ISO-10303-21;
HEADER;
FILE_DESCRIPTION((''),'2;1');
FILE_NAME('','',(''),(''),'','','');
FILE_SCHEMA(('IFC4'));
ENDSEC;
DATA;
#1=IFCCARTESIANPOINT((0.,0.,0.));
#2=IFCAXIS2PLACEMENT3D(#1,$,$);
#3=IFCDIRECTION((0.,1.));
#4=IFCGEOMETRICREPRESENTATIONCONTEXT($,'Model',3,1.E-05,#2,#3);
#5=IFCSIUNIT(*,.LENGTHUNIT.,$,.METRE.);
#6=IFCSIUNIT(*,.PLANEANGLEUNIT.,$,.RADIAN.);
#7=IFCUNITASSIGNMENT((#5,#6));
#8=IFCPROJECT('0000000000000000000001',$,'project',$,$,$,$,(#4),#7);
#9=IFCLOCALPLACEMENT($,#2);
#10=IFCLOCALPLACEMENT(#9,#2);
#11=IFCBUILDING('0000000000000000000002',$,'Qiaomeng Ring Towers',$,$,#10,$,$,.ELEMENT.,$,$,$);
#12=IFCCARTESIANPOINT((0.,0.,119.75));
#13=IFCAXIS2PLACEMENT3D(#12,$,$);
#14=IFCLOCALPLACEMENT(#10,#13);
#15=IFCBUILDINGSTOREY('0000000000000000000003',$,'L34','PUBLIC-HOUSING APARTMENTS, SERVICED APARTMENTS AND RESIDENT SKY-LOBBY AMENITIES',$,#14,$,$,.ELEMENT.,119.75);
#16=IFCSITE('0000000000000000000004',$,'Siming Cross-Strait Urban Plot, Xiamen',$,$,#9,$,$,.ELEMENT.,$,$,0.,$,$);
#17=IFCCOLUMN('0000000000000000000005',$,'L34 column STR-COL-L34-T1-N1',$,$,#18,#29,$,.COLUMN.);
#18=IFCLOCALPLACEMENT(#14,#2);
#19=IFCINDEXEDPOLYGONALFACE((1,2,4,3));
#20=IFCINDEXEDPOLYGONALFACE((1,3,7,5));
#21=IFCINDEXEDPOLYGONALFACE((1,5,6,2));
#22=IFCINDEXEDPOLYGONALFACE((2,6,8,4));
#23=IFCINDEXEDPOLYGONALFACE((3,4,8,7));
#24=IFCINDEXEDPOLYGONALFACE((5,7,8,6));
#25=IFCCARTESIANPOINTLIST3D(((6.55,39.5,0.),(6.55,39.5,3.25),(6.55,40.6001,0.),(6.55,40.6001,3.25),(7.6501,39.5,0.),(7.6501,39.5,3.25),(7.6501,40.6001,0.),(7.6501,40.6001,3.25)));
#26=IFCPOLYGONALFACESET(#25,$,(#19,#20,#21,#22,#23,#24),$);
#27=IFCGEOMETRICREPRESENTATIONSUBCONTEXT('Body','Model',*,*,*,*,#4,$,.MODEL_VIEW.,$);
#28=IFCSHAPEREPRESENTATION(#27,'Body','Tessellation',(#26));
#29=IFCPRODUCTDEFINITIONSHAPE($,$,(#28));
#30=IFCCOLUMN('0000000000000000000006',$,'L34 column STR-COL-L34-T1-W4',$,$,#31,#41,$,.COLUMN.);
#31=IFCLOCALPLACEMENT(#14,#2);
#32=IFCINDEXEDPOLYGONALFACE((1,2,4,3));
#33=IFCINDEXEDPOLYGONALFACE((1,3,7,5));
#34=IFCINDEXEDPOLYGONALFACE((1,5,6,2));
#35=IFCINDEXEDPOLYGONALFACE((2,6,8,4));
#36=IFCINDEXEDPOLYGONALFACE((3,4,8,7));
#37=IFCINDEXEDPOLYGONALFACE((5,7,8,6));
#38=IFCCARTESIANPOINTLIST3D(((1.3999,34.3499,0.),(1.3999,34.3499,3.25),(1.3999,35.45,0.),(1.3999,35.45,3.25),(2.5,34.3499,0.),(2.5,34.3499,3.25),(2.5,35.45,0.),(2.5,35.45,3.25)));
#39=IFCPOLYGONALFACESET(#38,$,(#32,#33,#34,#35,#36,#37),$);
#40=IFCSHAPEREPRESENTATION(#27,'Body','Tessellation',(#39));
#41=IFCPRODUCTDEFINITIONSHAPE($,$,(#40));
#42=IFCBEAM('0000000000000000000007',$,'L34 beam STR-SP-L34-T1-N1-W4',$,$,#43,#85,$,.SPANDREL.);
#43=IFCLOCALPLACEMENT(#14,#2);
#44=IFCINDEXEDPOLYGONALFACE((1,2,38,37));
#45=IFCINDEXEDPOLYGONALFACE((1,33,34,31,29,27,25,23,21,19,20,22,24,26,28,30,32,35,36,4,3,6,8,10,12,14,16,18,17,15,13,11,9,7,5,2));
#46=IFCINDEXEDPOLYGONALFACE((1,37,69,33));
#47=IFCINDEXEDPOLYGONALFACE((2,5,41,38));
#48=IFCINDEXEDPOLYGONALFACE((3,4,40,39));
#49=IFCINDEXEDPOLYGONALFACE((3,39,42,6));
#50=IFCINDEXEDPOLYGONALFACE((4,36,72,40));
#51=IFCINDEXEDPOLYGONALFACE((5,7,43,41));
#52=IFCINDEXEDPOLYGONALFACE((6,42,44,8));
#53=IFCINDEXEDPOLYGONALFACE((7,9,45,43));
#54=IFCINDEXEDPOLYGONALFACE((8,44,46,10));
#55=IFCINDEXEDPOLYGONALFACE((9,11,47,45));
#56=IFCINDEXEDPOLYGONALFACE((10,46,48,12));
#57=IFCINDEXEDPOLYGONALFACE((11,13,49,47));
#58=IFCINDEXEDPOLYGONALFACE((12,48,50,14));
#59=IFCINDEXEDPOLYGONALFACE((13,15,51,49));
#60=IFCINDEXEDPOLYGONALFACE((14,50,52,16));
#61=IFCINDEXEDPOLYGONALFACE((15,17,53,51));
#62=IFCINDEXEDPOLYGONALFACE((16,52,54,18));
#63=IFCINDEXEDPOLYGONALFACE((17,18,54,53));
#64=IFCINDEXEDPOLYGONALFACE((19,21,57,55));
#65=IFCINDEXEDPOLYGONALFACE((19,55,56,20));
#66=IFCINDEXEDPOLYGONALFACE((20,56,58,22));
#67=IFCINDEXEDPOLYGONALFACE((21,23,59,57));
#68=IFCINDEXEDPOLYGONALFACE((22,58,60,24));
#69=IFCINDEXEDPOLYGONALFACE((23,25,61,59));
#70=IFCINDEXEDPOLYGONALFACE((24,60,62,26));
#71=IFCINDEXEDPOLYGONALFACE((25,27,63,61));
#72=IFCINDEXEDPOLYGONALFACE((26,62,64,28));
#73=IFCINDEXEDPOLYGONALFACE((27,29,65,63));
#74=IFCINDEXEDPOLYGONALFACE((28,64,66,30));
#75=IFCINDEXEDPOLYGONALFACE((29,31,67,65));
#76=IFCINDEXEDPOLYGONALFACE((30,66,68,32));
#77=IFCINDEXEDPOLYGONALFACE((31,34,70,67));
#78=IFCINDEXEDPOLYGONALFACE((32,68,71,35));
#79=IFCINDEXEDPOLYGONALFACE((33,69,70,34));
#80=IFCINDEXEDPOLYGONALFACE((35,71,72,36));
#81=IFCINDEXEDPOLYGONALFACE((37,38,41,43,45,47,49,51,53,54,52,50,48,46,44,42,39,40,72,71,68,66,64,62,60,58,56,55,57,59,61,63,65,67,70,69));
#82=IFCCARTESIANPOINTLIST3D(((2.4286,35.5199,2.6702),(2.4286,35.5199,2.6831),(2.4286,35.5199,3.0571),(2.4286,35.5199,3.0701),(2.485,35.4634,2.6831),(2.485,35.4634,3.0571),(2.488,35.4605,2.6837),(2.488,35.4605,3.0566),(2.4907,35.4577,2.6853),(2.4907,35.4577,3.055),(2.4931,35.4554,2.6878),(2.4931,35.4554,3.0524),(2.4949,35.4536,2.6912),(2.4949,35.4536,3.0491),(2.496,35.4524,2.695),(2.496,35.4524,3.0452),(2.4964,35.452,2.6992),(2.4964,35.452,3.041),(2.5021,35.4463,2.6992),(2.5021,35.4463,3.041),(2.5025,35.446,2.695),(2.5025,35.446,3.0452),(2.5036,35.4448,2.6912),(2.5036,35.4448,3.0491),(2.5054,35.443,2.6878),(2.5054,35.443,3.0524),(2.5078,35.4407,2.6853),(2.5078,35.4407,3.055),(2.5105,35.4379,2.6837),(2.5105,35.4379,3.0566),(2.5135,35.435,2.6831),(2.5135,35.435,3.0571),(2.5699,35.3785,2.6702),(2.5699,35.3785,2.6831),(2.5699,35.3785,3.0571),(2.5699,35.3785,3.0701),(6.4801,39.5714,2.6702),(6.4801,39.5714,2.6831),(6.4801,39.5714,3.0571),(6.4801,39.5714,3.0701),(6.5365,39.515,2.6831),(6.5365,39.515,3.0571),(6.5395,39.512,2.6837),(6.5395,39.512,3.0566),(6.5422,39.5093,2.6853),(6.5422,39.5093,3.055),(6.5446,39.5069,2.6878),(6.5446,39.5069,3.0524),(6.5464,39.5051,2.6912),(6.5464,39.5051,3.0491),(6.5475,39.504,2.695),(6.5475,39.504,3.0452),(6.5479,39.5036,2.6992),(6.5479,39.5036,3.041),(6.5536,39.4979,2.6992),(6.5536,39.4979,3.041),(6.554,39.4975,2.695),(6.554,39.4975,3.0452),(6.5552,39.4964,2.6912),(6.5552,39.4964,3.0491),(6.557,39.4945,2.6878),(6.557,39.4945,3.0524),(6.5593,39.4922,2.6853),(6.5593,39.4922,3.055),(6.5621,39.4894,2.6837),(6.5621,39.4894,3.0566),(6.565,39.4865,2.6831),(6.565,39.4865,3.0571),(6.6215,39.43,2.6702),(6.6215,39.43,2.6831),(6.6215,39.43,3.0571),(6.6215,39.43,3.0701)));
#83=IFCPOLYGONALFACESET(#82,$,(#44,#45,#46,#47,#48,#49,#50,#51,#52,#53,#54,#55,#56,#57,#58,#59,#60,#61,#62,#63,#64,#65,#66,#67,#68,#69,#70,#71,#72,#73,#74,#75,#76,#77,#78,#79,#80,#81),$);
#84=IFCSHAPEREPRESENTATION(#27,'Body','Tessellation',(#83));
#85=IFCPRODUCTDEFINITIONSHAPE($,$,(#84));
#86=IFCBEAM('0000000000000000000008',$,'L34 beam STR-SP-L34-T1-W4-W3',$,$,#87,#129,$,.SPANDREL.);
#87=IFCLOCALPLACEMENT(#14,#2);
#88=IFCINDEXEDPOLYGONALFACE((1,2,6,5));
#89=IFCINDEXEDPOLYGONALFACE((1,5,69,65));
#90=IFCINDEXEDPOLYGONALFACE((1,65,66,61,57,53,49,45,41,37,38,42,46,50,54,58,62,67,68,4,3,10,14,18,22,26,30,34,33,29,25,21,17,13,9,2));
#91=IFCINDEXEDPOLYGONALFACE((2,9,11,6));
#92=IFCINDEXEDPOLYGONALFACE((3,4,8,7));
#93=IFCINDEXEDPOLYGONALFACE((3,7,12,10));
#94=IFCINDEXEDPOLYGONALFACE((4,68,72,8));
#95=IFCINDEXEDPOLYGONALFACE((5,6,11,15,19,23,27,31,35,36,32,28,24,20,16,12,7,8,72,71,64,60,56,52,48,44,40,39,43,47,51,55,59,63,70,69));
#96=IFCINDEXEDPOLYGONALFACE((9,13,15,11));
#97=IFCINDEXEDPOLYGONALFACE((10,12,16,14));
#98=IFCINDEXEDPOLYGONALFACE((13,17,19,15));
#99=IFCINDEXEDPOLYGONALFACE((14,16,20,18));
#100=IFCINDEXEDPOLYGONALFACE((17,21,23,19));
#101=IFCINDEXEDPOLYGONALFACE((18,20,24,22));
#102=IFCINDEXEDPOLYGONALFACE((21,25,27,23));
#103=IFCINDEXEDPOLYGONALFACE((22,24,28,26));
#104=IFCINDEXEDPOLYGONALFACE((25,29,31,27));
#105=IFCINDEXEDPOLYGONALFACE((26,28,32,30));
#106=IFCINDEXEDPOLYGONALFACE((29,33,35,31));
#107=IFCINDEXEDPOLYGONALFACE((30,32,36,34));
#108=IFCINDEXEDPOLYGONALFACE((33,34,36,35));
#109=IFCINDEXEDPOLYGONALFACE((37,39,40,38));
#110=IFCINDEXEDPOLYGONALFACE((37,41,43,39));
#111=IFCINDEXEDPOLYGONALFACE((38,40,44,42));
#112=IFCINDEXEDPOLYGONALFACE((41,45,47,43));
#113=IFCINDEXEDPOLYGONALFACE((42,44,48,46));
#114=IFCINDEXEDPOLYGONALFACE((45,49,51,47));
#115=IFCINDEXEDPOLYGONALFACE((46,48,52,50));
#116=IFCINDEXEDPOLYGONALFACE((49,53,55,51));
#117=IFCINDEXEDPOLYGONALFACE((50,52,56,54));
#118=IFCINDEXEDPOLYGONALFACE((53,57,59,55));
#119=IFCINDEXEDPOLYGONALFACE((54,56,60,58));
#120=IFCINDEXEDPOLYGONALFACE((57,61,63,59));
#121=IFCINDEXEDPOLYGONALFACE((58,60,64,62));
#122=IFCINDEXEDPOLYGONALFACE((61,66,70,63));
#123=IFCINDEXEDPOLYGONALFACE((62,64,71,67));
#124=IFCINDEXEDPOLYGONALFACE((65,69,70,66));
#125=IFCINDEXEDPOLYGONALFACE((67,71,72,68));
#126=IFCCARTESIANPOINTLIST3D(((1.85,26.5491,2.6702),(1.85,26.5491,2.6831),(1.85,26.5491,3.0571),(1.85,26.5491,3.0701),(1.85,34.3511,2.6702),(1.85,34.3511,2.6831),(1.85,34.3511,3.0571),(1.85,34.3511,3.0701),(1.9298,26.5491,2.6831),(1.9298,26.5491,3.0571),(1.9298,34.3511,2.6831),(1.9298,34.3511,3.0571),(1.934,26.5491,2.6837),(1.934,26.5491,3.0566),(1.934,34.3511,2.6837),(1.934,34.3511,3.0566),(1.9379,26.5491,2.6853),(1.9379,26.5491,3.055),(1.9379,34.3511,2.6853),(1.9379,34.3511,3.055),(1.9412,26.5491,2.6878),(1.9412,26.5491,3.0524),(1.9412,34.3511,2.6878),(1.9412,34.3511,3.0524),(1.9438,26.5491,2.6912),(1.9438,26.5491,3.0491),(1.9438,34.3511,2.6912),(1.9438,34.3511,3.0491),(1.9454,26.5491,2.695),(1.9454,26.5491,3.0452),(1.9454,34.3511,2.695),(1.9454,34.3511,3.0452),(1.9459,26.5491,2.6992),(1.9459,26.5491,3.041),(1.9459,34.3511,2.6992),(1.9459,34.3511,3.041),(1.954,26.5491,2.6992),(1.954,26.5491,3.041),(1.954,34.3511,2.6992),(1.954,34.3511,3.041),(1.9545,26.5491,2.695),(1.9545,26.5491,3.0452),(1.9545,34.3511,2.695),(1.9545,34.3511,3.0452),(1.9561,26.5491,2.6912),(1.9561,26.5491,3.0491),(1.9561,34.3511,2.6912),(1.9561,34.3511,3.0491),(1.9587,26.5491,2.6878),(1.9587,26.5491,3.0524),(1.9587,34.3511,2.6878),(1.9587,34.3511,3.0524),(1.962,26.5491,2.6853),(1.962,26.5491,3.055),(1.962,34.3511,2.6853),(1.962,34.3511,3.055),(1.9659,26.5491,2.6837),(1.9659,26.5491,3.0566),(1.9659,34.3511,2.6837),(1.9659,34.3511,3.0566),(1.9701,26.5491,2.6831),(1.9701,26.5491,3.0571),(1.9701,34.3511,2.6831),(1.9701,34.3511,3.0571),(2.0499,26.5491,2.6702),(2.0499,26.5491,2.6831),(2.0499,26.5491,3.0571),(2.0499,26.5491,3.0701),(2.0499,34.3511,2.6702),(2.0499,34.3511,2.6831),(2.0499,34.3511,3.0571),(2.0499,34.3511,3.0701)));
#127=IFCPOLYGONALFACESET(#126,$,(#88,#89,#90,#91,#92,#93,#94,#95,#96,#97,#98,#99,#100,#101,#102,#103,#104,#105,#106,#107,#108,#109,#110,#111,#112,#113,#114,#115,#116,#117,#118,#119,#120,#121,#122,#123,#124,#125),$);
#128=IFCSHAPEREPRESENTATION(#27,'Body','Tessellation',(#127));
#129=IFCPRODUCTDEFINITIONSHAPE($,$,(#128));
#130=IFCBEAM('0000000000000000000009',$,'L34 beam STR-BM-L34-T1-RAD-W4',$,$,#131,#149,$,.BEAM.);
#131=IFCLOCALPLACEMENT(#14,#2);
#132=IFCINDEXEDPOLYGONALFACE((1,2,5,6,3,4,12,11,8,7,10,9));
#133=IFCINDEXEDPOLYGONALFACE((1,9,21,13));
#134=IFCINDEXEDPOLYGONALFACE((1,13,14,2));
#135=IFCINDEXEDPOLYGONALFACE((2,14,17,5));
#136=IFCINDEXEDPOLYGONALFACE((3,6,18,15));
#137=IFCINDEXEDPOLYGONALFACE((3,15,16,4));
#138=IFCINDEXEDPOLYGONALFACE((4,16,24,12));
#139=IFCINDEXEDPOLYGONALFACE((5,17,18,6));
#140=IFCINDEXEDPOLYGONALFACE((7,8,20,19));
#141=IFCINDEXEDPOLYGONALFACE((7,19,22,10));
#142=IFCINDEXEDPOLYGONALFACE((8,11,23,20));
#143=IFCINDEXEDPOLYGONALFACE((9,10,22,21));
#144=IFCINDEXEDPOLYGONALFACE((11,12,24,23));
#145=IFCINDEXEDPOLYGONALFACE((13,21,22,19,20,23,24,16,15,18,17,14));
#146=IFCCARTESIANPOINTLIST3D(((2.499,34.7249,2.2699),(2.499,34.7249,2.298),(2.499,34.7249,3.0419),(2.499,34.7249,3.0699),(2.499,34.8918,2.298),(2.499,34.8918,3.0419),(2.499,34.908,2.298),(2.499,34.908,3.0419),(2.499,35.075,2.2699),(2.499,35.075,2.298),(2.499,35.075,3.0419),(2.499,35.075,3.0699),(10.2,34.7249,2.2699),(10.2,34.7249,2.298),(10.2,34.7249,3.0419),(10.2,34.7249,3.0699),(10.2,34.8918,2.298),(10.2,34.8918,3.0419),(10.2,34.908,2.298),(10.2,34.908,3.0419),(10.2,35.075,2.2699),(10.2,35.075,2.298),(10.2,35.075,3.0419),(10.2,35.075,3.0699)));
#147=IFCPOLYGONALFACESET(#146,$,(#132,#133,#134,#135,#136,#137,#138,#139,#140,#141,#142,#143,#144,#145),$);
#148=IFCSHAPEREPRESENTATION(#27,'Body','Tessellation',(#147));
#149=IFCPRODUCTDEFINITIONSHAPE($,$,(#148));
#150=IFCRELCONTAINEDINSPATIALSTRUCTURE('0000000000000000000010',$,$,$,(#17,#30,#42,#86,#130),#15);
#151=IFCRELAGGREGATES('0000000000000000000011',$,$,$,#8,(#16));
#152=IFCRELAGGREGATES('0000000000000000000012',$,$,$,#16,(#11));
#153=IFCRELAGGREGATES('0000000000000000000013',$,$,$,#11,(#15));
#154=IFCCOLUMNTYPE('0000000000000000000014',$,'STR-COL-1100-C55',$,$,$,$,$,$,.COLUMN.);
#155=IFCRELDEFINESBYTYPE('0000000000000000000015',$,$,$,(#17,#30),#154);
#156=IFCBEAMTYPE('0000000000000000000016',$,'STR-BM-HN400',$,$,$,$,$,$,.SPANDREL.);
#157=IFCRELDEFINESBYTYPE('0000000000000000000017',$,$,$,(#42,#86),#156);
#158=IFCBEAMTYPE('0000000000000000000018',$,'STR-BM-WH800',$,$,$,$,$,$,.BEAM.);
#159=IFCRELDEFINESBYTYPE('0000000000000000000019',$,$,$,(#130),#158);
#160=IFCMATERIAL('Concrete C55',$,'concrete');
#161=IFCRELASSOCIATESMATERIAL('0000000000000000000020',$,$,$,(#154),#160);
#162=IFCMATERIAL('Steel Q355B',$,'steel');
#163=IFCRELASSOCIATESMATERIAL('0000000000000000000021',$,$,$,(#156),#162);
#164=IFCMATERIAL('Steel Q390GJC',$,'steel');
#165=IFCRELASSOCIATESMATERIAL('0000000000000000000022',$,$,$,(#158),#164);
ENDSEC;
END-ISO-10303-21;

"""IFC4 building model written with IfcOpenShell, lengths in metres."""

from ifc_helpers import new_model, si_unit, direction, frame, origin, origin_2d, place, context, subcontext, project, spatial, rectangle, i_section, extrude, source, transform, mapped, material, material_profile, profile_set, type_object, element, save


model = new_model("IFC4")

# Units and contexts
model_context = context("Model", 3, precision=1e-05, world=origin(), true_north=direction((0.0, 1.0)))
body_context = subcontext(model_context, "Body", "Model", "MODEL_VIEW")
ifc_project = project(units=[si_unit("LENGTHUNIT", "METRE"), si_unit("PLANEANGLEUNIT", "RADIAN")], contexts=[model_context])

# Site, building, storey
site_placement = place(None, origin())
site = spatial("IfcSite", under=ifc_project, at=site_placement, Name="Siming Cross-Strait Urban Plot, Xiamen", CompositionType="ELEMENT", RefElevation=0.0)
building_placement = place(site_placement, origin())
building = spatial("IfcBuilding", under=site, at=building_placement, Name="Qiaomeng Ring Towers", CompositionType="ELEMENT")
storey_placement = place(building_placement, frame((0.0, 0.0, 119.75)))
storey = spatial("IfcBuildingStorey", under=building, at=storey_placement, Name="L34", Description="PUBLIC-HOUSING APARTMENTS, SERVICED APARTMENTS AND RESIDENT SKY-LOBBY AMENITIES", CompositionType="ELEMENT", Elevation=119.75)

# Columns
ifc_material_1 = material(Name="Concrete C55", Category="concrete")
ifc_material_profile_1 = material_profile(ifc_material_1, rectangle(XDim=1.1001, YDim=1.1001, at=origin_2d()), Name="RC COL 1100x1100")
ifc_profile_set_1 = profile_set([ifc_material_profile_1], Name="Concrete C55")
column_type = type_object("IfcColumnType", Name="STR-COL-1100-C55", PredefinedType="COLUMN", material=ifc_profile_set_1)
shared_shape_1 = source(origin(), body_context, "Body", "SweptSolid", [
    extrude(rectangle(XDim=1.1001, YDim=1.1001, at=origin_2d()), origin(), (0.0, 0.0, 1.0), 3.25),
])
for number, where, z_axis, x_axis, name in (
    (1, (7.1001, 40.05, 0.0), (0.0, 0.0, 1.0), (1.0, 0.0, 0.0), "L34 column STR-COL-L34-T1-N1"),
    (2, (1.95, 34.8999, 0.0), (0.0, 0.0, 1.0), (1.0, 0.0, 0.0), "L34 column STR-COL-L34-T1-W4"),
):
    element("IfcColumn", number, at=place(storey_placement, frame(where, z_axis=z_axis, x_axis=x_axis)), inside=storey, type_object=column_type, Name=name, PredefinedType="COLUMN", context=body_context, shape_type="MappedRepresentation", body=[
        mapped(shared_shape_1, transform((0.0, 0.0, 0.0), x_axis=(1.0, 0.0, 0.0), y_axis=(0.0, 1.0, 0.0), z_axis=(0.0, 0.0, 1.0), scale=1.0)),
    ])

# Beams
ifc_material_2 = material(Name="Steel Q355B", Category="steel")
ifc_material_profile_2 = material_profile(ifc_material_2, i_section(OverallWidth=0.2, OverallDepth=0.3999, WebThickness=0.0081, FlangeThickness=0.0129, FilletRadius=0.0161, at=origin_2d()), Name="HN 400x200x8x13")
ifc_profile_set_2 = profile_set([ifc_material_profile_2], Name="Steel Q355B")
beam_type_1 = type_object("IfcBeamType", Name="STR-BM-HN400", PredefinedType="SPANDREL", material=ifc_profile_set_2)
shared_shape_2 = source(origin(), body_context, "Body", "SweptSolid", [
    extrude(i_section(OverallWidth=0.2, OverallDepth=0.3999, WebThickness=0.0081, FlangeThickness=0.0129, FilletRadius=0.0161, at=origin_2d()), origin(), (0.0, 0.0, 1.0), 5.7297),
])
beam_1_placement = place(storey_placement, frame((6.5508, 39.5007, 2.8701), z_axis=(-0.707107, -0.707107, 0.0), x_axis=(0.707107, -0.707107, 0.0)))
element("IfcBeam", 3, at=beam_1_placement, inside=storey, type_object=beam_type_1, Name="L34 beam STR-SP-L34-T1-N1-W4", PredefinedType="SPANDREL", context=body_context, shape_type="MappedRepresentation", body=[
    mapped(shared_shape_2, transform((0.0, 0.0, 0.0), x_axis=(1.0, 0.0, 0.0), y_axis=(0.0, 1.0, 0.0), z_axis=(0.0, 0.0, 1.0), scale=1.0)),
])
shared_shape_3 = source(origin(), body_context, "Body", "SweptSolid", [
    extrude(i_section(OverallWidth=0.2, OverallDepth=0.3999, WebThickness=0.0081, FlangeThickness=0.0129, FilletRadius=0.0161, at=origin_2d()), origin(), (0.0, 0.0, 1.0), 7.802),
])
beam_2_placement = place(storey_placement, frame((1.95, 34.3511, 2.8701), z_axis=(0.0, -1.0, 0.0), x_axis=(1.0, 0.0, 0.0)))
element("IfcBeam", 4, at=beam_2_placement, inside=storey, type_object=beam_type_1, Name="L34 beam STR-SP-L34-T1-W4-W3", PredefinedType="SPANDREL", context=body_context, shape_type="MappedRepresentation", body=[
    mapped(shared_shape_3, transform((0.0, 0.0, 0.0), x_axis=(1.0, 0.0, 0.0), y_axis=(0.0, 1.0, 0.0), z_axis=(0.0, 0.0, 1.0), scale=1.0)),
])
ifc_material_3 = material(Name="Steel Q390GJC", Category="steel")
ifc_material_profile_3 = material_profile(ifc_material_3, i_section(OverallWidth=0.3501, OverallDepth=0.8, WebThickness=0.0161, FlangeThickness=0.0281, at=origin_2d()), Name="WH 800x350x16x28")
ifc_profile_set_3 = profile_set([ifc_material_profile_3], Name="Steel Q390GJC")
beam_type_2 = type_object("IfcBeamType", Name="STR-BM-WH800", PredefinedType="BEAM", material=ifc_profile_set_3)
shared_shape_4 = source(origin(), body_context, "Body", "SweptSolid", [
    extrude(i_section(OverallWidth=0.3501, OverallDepth=0.8, WebThickness=0.0161, FlangeThickness=0.0281, at=origin_2d()), origin(), (0.0, 0.0, 1.0), 7.7009),
])
beam_3_placement = place(storey_placement, frame((2.499, 34.8999, 2.6699), z_axis=(1.0, 0.0, 0.0), x_axis=(0.0, 1.0, 0.0)))
element("IfcBeam", 5, at=beam_3_placement, inside=storey, type_object=beam_type_2, Name="L34 beam STR-BM-L34-T1-RAD-W4", PredefinedType="BEAM", context=body_context, shape_type="MappedRepresentation", body=[
    mapped(shared_shape_4, transform((0.0, 0.0, 0.0), x_axis=(1.0, 0.0, 0.0), y_axis=(0.0, 1.0, 0.0), z_axis=(0.0, 0.0, 1.0), scale=1.0)),
])

save(model, "model.ifc")
